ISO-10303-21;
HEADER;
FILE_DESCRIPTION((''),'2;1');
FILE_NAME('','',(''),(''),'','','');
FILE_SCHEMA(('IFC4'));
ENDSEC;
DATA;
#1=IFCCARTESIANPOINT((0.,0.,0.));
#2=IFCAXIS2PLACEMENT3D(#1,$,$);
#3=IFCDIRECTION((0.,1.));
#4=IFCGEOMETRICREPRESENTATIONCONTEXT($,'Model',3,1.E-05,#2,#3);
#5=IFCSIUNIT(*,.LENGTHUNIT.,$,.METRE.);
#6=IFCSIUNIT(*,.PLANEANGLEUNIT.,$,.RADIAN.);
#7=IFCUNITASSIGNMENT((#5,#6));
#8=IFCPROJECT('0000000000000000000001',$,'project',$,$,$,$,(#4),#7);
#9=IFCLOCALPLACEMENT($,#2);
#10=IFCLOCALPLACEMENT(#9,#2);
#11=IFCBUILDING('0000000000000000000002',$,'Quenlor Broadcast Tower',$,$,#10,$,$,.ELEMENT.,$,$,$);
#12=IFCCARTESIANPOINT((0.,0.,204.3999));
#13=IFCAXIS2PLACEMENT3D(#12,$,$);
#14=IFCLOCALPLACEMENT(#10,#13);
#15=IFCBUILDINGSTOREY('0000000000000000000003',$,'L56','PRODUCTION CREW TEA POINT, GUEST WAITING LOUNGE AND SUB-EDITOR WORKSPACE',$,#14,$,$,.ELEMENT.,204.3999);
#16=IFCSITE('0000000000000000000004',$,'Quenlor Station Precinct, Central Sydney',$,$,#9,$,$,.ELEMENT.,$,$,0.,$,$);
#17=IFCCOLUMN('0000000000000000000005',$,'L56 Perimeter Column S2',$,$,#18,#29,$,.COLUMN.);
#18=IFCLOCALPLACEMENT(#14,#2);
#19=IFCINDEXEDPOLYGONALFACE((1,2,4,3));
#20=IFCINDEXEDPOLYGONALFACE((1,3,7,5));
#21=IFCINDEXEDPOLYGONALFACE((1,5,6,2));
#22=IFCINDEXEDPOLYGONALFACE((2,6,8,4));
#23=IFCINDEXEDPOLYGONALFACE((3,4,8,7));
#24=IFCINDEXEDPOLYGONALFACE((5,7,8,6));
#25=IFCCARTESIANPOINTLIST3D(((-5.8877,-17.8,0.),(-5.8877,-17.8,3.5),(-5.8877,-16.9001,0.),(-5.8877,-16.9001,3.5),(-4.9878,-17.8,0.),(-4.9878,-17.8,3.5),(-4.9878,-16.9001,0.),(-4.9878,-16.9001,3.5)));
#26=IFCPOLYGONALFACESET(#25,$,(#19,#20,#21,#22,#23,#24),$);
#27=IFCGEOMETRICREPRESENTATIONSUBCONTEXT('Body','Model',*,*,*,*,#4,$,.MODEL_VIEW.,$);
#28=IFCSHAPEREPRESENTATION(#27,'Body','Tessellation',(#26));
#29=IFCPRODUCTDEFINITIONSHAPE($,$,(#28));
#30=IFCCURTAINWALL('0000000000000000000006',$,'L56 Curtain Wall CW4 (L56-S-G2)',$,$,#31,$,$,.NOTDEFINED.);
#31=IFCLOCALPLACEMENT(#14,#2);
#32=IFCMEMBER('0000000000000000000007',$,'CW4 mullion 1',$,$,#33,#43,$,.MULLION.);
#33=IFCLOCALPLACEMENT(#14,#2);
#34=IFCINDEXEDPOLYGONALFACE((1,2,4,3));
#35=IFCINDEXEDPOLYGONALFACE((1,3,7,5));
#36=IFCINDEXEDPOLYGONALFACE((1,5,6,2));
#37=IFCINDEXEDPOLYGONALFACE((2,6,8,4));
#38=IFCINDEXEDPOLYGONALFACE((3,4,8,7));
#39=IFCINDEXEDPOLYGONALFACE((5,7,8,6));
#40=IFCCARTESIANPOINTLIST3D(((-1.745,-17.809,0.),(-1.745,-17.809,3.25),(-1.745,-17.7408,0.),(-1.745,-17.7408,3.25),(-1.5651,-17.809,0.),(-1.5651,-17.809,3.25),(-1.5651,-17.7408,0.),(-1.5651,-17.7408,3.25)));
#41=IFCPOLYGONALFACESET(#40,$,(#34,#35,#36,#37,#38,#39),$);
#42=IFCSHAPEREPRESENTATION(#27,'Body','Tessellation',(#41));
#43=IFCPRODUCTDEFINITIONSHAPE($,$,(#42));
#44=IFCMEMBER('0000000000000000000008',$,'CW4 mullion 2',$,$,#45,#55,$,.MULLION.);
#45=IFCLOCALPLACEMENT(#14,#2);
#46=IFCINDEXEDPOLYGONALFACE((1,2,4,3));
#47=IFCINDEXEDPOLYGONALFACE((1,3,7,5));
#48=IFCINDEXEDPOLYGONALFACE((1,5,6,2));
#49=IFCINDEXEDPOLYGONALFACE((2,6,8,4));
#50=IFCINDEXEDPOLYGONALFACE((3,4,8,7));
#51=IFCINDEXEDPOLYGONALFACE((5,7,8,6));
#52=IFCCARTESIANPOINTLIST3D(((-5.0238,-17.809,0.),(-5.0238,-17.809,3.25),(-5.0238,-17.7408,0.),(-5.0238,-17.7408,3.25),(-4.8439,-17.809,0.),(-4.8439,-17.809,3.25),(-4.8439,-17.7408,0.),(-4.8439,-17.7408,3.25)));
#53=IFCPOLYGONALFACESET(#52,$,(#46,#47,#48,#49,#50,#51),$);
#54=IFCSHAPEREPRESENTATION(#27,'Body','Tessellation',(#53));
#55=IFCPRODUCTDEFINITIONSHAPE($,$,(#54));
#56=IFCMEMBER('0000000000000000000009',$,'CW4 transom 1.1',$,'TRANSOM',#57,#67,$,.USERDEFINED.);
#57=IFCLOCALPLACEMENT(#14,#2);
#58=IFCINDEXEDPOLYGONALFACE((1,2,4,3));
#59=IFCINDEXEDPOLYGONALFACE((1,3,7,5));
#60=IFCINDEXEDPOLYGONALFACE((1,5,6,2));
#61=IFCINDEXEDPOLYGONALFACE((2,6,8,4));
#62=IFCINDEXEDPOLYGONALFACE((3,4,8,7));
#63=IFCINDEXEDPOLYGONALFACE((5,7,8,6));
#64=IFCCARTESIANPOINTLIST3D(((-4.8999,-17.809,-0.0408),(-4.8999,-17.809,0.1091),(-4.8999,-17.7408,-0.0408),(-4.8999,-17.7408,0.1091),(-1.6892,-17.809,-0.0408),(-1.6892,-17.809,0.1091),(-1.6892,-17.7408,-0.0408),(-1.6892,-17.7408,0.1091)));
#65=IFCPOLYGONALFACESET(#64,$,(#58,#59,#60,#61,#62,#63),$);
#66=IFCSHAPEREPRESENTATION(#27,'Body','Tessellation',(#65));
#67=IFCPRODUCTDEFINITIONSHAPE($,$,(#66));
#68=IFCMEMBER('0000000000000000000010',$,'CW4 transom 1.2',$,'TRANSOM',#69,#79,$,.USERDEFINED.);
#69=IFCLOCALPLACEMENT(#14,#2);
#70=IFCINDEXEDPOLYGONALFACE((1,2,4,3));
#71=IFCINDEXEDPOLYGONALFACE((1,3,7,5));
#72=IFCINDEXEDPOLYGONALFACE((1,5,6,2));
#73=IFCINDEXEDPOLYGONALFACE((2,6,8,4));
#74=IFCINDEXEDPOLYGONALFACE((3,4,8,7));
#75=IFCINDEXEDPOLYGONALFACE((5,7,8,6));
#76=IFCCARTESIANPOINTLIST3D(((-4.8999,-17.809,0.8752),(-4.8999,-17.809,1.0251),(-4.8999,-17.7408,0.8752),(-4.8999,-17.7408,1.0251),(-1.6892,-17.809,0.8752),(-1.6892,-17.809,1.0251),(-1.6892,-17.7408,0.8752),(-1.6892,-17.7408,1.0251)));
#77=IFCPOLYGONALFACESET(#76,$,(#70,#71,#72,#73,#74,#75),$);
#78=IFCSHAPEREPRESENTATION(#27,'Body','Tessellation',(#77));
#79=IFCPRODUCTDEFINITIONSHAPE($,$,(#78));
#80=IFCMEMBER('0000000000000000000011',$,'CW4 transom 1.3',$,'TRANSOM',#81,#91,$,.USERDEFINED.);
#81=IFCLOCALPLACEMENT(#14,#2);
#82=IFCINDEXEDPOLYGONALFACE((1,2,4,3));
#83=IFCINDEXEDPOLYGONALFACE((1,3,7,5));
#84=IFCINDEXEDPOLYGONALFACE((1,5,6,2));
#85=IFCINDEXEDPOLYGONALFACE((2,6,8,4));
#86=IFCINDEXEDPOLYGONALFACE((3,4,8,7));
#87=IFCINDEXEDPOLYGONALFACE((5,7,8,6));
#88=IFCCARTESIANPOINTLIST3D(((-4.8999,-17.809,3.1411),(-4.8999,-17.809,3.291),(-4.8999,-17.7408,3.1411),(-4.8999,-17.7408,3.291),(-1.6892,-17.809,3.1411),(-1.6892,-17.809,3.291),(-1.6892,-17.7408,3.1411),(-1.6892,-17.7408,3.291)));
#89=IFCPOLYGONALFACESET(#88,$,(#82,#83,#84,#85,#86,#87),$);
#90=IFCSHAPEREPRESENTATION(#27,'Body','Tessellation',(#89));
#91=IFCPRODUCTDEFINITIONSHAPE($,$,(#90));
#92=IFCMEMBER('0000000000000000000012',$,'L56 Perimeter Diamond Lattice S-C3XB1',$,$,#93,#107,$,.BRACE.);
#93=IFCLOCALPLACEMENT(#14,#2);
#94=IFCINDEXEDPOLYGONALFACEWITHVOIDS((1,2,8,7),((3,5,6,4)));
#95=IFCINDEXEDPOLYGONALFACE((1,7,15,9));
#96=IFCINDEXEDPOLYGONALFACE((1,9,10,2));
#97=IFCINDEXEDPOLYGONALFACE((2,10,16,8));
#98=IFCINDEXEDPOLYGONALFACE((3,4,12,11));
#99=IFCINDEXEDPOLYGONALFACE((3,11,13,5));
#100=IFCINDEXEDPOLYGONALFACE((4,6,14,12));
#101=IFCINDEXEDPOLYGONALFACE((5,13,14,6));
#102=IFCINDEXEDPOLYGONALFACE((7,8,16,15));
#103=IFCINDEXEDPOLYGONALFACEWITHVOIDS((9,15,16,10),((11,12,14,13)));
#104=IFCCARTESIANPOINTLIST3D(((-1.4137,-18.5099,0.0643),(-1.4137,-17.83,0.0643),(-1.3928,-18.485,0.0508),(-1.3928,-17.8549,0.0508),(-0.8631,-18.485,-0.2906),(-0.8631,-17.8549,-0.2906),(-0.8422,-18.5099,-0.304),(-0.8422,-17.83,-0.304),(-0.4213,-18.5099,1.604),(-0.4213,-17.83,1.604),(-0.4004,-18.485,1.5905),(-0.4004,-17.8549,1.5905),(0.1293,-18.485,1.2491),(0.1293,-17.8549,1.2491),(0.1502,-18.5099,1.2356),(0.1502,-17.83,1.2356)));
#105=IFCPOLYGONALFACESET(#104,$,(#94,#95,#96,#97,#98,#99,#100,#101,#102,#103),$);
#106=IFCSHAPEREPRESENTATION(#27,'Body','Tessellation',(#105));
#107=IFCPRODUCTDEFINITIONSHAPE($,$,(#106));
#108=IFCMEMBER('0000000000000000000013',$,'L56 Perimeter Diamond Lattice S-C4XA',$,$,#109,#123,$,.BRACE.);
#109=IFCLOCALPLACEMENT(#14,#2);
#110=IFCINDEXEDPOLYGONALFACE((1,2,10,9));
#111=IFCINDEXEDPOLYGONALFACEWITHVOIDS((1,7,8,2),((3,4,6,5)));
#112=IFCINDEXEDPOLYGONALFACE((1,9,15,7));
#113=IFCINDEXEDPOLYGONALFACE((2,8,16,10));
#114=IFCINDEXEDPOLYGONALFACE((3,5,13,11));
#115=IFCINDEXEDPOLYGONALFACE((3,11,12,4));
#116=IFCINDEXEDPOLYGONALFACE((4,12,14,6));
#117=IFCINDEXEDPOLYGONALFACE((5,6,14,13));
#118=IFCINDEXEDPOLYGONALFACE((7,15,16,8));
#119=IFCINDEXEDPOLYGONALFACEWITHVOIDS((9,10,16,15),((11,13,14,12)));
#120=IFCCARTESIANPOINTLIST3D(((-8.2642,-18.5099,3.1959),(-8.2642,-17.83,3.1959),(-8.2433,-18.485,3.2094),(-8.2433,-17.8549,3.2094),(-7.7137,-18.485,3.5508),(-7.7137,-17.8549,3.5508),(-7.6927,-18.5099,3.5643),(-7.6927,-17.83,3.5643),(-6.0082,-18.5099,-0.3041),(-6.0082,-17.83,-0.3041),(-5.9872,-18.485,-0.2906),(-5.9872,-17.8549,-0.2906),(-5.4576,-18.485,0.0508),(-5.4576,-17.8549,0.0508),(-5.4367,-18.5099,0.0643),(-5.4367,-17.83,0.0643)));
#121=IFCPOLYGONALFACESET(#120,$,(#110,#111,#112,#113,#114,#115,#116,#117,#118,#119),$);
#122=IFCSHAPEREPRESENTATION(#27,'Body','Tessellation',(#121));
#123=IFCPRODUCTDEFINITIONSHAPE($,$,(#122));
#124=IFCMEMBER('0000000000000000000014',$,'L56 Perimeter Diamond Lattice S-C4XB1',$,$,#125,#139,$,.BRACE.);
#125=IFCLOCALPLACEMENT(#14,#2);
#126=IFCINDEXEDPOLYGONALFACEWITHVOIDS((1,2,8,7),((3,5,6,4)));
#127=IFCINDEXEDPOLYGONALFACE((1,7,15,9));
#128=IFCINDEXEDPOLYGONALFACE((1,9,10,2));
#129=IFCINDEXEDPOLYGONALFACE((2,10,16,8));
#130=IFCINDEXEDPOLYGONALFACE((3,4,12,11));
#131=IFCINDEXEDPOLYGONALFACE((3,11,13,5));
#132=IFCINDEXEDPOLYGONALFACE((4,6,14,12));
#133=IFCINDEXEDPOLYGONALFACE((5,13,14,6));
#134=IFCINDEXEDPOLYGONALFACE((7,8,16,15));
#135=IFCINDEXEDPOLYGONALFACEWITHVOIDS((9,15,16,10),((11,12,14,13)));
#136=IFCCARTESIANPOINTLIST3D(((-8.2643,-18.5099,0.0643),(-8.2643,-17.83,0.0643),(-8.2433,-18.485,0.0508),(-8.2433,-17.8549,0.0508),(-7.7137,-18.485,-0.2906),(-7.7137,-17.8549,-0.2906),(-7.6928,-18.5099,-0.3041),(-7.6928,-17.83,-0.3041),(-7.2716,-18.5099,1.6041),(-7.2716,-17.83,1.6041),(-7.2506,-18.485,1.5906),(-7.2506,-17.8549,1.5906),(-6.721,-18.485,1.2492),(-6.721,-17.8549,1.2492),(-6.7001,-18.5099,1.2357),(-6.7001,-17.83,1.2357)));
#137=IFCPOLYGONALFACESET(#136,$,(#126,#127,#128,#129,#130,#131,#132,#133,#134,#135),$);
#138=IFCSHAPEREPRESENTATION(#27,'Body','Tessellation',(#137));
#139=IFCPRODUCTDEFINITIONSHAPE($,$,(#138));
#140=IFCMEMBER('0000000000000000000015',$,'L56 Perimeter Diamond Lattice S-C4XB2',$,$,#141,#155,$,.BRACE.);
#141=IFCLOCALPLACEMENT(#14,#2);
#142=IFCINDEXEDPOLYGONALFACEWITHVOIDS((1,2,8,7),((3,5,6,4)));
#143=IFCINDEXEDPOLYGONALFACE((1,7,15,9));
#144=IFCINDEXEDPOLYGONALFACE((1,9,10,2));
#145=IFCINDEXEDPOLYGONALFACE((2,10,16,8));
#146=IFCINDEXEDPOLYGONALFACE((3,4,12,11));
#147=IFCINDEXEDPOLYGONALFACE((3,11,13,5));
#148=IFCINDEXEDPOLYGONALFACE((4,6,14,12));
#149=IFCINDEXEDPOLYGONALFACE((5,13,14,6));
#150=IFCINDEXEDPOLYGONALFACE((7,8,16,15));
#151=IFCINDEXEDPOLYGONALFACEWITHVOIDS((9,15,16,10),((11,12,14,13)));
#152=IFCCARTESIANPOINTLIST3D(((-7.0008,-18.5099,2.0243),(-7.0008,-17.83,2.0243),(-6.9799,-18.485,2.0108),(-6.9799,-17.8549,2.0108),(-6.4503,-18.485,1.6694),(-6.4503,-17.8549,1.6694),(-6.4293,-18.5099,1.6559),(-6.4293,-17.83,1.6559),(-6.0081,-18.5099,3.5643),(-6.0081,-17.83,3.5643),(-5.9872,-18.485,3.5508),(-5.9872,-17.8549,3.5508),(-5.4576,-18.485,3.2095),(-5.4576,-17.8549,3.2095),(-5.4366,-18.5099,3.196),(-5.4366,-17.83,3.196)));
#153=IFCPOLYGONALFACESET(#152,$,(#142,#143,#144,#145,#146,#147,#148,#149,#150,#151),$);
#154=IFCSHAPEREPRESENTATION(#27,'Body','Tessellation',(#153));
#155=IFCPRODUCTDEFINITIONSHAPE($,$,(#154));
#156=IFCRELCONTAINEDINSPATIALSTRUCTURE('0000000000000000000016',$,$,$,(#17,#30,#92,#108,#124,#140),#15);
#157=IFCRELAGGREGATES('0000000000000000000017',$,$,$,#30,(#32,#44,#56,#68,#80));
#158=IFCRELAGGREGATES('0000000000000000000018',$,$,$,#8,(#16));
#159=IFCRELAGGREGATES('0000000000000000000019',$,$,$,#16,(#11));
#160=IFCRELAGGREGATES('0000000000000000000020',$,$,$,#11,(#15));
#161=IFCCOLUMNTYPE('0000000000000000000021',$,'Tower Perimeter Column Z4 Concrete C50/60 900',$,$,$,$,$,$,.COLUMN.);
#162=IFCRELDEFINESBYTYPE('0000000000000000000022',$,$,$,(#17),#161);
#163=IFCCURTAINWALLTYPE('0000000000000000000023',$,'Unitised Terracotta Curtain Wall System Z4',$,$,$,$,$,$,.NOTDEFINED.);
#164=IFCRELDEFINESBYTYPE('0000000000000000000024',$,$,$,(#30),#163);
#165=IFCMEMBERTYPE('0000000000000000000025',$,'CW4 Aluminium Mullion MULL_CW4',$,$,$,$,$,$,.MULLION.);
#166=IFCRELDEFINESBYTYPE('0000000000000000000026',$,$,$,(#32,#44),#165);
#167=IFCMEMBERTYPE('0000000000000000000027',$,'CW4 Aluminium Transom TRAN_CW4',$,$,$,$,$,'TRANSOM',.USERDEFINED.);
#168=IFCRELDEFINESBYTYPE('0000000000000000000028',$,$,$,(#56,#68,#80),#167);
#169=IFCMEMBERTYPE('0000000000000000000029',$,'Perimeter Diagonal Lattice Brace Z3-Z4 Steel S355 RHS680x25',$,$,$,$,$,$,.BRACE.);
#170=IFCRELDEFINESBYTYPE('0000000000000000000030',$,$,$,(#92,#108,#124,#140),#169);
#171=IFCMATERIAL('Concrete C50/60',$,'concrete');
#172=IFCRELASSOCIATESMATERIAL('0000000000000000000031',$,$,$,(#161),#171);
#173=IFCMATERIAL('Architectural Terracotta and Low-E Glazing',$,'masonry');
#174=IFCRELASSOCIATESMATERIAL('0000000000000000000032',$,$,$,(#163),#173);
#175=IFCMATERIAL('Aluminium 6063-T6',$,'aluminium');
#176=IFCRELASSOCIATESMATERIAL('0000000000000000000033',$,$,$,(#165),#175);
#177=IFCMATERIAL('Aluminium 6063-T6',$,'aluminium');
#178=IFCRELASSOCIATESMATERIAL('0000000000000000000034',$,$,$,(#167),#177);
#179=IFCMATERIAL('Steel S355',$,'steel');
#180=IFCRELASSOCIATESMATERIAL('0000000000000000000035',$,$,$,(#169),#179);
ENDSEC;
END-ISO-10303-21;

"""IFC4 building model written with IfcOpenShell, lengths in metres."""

from ifc_helpers import new_model, si_unit, direction, frame, origin, origin_2d, place, context, subcontext, project, spatial, rectangle, hollow_rectangle, extrude, material, material_profile, profile_set, type_object, element, aggregate, save


model = new_model("IFC4")

# Units and contexts
model_context = context("Model", 3, precision=1e-05, world=origin(), true_north=direction((0.0, 1.0)))
body_context = subcontext(model_context, "Body", "Model", "MODEL_VIEW")
ifc_project = project(units=[si_unit("LENGTHUNIT", "METRE"), si_unit("PLANEANGLEUNIT", "RADIAN")], contexts=[model_context])

# Site, building, storey
site_placement = place(None, origin())
site = spatial("IfcSite", under=ifc_project, at=site_placement, Name="Quenlor Station Precinct, Central Sydney", CompositionType="ELEMENT", RefElevation=0.0)
building_placement = place(site_placement, origin())
building = spatial("IfcBuilding", under=site, at=building_placement, Name="Quenlor Broadcast Tower", CompositionType="ELEMENT")
storey_placement = place(building_placement, frame((0.0, 0.0, 204.3999)))
storey = spatial("IfcBuildingStorey", under=building, at=storey_placement, Name="L56", Description="PRODUCTION CREW TEA POINT, GUEST WAITING LOUNGE AND SUB-EDITOR WORKSPACE", CompositionType="ELEMENT", Elevation=204.3999)

# Column
ifc_material_1 = material(Name="Concrete C50/60", Category="concrete")
ifc_material_profile_1 = material_profile(ifc_material_1, rectangle(XDim=0.8999, YDim=0.8999, at=origin_2d()))
ifc_profile_set_1 = profile_set([ifc_material_profile_1], Name="Concrete C50/60 RC900x900")
column_type = type_object("IfcColumnType", Name="Tower Perimeter Column Z4 Concrete C50/60 900", PredefinedType="COLUMN", material=ifc_profile_set_1)
column_placement = place(storey_placement, frame((-5.4377, -17.3501, 0.0), z_axis=(0.0, 0.0, 1.0), x_axis=(0.0, 1.0, 0.0)))
element("IfcColumn", 1, at=column_placement, inside=storey, type_object=column_type, Name="L56 Perimeter Column S2", PredefinedType="COLUMN", context=body_context, shape_type="SweptSolid", body=[
    extrude(rectangle(XDim=0.8999, YDim=0.8999, at=origin_2d()), origin(), (0.0, 0.0, 1.0), 3.5),
])

# Curtain wall, members
ifc_material_2 = material(Name="Architectural Terracotta and Low-E Glazing", Category="masonry")
curtain_wall_type = type_object("IfcCurtainWallType", Name="Unitised Terracotta Curtain Wall System Z4", PredefinedType="NOTDEFINED", material=ifc_material_2)
curtain_wall_placement = place(storey_placement, origin())
curtain_wall = element("IfcCurtainWall", 2, at=curtain_wall_placement, inside=storey, type_object=curtain_wall_type, Name="L56 Curtain Wall CW4 (L56-S-G2)", PredefinedType="NOTDEFINED")
ifc_material_3 = material(Name="Aluminium 6063-T6", Category="aluminium")
ifc_material_profile_2 = material_profile(ifc_material_3, rectangle(XDim=0.0681, YDim=0.1799, at=origin_2d()))
ifc_profile_set_2 = profile_set([ifc_material_profile_2], Name="Aluminium 6063-T6 MULL68x180")
member_type_1 = type_object("IfcMemberType", Name="CW4 Aluminium Mullion MULL_CW4", PredefinedType="MULLION", material=ifc_profile_set_2)
member_1_placement = place(storey_placement, frame((-1.655, -17.7749, 0.0), z_axis=(0.0, 0.0, 1.0), x_axis=(0.0, -1.0, 0.0)))
member_1 = element("IfcMember", 3, at=member_1_placement, type_object=member_type_1, Name="CW4 mullion 1", PredefinedType="MULLION", context=body_context, shape_type="SweptSolid", body=[
    extrude(rectangle(XDim=0.0681, YDim=0.1799, at=origin_2d()), origin(), (0.0, 0.0, 1.0), 3.25),
])
member_2_placement = place(storey_placement, frame((-4.9338, -17.7749, 0.0), z_axis=(0.0, 0.0, 1.0), x_axis=(0.0, -1.0, 0.0)))
member_2 = element("IfcMember", 4, at=member_2_placement, type_object=member_type_1, Name="CW4 mullion 2", PredefinedType="MULLION", context=body_context, shape_type="SweptSolid", body=[
    extrude(rectangle(XDim=0.0681, YDim=0.1799, at=origin_2d()), origin(), (0.0, 0.0, 1.0), 3.25),
])
ifc_material_4 = material(Name="Aluminium 6063-T6", Category="aluminium")
ifc_material_profile_3 = material_profile(ifc_material_4, rectangle(XDim=0.0681, YDim=0.1499, at=origin_2d()))
ifc_profile_set_3 = profile_set([ifc_material_profile_3], Name="Aluminium 6063-T6 TRAN68x150")
member_type_2 = type_object("IfcMemberType", Name="CW4 Aluminium Transom TRAN_CW4", ElementType="TRANSOM", PredefinedType="USERDEFINED", material=ifc_profile_set_3)
member_3_placement = place(storey_placement, frame((-1.6892, -17.7749, 0.0342), z_axis=(-1.0, 0.0, 0.0), x_axis=(0.0, -1.0, 0.0)))
member_3 = element("IfcMember", 5, at=member_3_placement, type_object=member_type_2, Name="CW4 transom 1.1", ObjectType="TRANSOM", PredefinedType="USERDEFINED", context=body_context, shape_type="SweptSolid", body=[
    extrude(rectangle(XDim=0.0681, YDim=0.1499, at=origin_2d()), origin(), (0.0, 0.0, 1.0), 3.2107),
])
member_4_placement = place(storey_placement, frame((-1.6892, -17.7749, 0.9502), z_axis=(-1.0, 0.0, 0.0), x_axis=(0.0, -1.0, 0.0)))
member_4 = element("IfcMember", 6, at=member_4_placement, type_object=member_type_2, Name="CW4 transom 1.2", ObjectType="TRANSOM", PredefinedType="USERDEFINED", context=body_context, shape_type="SweptSolid", body=[
    extrude(rectangle(XDim=0.0681, YDim=0.1499, at=origin_2d()), origin(), (0.0, 0.0, 1.0), 3.2107),
])
member_5_placement = place(storey_placement, frame((-1.6892, -17.7749, 3.2161), z_axis=(-1.0, 0.0, 0.0), x_axis=(0.0, -1.0, 0.0)))
member_5 = element("IfcMember", 7, at=member_5_placement, type_object=member_type_2, Name="CW4 transom 1.3", ObjectType="TRANSOM", PredefinedType="USERDEFINED", context=body_context, shape_type="SweptSolid", body=[
    extrude(rectangle(XDim=0.0681, YDim=0.1499, at=origin_2d()), origin(), (0.0, 0.0, 1.0), 3.2107),
])

# Members
ifc_material_5 = material(Name="Steel S355", Category="steel")
ifc_material_profile_4 = material_profile(ifc_material_5, hollow_rectangle(XDim=0.6799, YDim=0.6799, WallThickness=0.0249, at=origin_2d()))
ifc_profile_set_4 = profile_set([ifc_material_profile_4], Name="Steel S355 RHS680x680x25")
member_type_3 = type_object("IfcMemberType", Name="Perimeter Diagonal Lattice Brace Z3-Z4 Steel S355 RHS680x25", PredefinedType="BRACE", material=ifc_profile_set_4)
member_6_placement = place(storey_placement, frame((-1.1279, -18.1699, -0.1199), z_axis=(0.541747, 0.0, 0.840541), x_axis=(0.0, 1.0, 0.0)))
element("IfcMember", 8, at=member_6_placement, inside=storey, type_object=member_type_3, Name="L56 Perimeter Diamond Lattice S-C3XB1", PredefinedType="BRACE", context=body_context, shape_type="SweptSolid", body=[
    extrude(hollow_rectangle(XDim=0.6799, YDim=0.6799, WallThickness=0.0249, at=origin_2d()), origin(), (0.0, 0.0, 1.0), 1.8318),
])
member_7_placement = place(storey_placement, frame((-5.7224, -18.1699, -0.1199), z_axis=(-0.541794, 0.0, 0.840511), x_axis=(0.0, -1.0, 0.0)))
element("IfcMember", 9, at=member_7_placement, inside=storey, type_object=member_type_3, Name="L56 Perimeter Diamond Lattice S-C4XA", PredefinedType="BRACE", context=body_context, shape_type="SweptSolid", body=[
    extrude(hollow_rectangle(XDim=0.6799, YDim=0.6799, WallThickness=0.0249, at=origin_2d()), origin(), (0.0, 0.0, 1.0), 4.1641),
])
member_8_placement = place(storey_placement, frame((-7.9785, -18.1699, -0.1199), z_axis=(0.541842, 0.0, 0.840481), x_axis=(0.0, 1.0, 0.0)))
element("IfcMember", 10, at=member_8_placement, inside=storey, type_object=member_type_3, Name="L56 Perimeter Diamond Lattice S-C4XB1", PredefinedType="BRACE", context=body_context, shape_type="SweptSolid", body=[
    extrude(hollow_rectangle(XDim=0.6799, YDim=0.6799, WallThickness=0.0249, at=origin_2d()), origin(), (0.0, 0.0, 1.0), 1.832),
])
member_9_placement = place(storey_placement, frame((-6.7151, -18.1699, 1.8401), z_axis=(0.541781, 0.0, 0.84052), x_axis=(0.0, 1.0, 0.0)))
element("IfcMember", 11, at=member_9_placement, inside=storey, type_object=member_type_3, Name="L56 Perimeter Diamond Lattice S-C4XB2", PredefinedType="BRACE", context=body_context, shape_type="SweptSolid", body=[
    extrude(hollow_rectangle(XDim=0.6799, YDim=0.6799, WallThickness=0.0249, at=origin_2d()), origin(), (0.0, 0.0, 1.0), 1.8323),
])

aggregate(curtain_wall, [member_1, member_2, member_3, member_4, member_5])

save(model, "model.ifc")
